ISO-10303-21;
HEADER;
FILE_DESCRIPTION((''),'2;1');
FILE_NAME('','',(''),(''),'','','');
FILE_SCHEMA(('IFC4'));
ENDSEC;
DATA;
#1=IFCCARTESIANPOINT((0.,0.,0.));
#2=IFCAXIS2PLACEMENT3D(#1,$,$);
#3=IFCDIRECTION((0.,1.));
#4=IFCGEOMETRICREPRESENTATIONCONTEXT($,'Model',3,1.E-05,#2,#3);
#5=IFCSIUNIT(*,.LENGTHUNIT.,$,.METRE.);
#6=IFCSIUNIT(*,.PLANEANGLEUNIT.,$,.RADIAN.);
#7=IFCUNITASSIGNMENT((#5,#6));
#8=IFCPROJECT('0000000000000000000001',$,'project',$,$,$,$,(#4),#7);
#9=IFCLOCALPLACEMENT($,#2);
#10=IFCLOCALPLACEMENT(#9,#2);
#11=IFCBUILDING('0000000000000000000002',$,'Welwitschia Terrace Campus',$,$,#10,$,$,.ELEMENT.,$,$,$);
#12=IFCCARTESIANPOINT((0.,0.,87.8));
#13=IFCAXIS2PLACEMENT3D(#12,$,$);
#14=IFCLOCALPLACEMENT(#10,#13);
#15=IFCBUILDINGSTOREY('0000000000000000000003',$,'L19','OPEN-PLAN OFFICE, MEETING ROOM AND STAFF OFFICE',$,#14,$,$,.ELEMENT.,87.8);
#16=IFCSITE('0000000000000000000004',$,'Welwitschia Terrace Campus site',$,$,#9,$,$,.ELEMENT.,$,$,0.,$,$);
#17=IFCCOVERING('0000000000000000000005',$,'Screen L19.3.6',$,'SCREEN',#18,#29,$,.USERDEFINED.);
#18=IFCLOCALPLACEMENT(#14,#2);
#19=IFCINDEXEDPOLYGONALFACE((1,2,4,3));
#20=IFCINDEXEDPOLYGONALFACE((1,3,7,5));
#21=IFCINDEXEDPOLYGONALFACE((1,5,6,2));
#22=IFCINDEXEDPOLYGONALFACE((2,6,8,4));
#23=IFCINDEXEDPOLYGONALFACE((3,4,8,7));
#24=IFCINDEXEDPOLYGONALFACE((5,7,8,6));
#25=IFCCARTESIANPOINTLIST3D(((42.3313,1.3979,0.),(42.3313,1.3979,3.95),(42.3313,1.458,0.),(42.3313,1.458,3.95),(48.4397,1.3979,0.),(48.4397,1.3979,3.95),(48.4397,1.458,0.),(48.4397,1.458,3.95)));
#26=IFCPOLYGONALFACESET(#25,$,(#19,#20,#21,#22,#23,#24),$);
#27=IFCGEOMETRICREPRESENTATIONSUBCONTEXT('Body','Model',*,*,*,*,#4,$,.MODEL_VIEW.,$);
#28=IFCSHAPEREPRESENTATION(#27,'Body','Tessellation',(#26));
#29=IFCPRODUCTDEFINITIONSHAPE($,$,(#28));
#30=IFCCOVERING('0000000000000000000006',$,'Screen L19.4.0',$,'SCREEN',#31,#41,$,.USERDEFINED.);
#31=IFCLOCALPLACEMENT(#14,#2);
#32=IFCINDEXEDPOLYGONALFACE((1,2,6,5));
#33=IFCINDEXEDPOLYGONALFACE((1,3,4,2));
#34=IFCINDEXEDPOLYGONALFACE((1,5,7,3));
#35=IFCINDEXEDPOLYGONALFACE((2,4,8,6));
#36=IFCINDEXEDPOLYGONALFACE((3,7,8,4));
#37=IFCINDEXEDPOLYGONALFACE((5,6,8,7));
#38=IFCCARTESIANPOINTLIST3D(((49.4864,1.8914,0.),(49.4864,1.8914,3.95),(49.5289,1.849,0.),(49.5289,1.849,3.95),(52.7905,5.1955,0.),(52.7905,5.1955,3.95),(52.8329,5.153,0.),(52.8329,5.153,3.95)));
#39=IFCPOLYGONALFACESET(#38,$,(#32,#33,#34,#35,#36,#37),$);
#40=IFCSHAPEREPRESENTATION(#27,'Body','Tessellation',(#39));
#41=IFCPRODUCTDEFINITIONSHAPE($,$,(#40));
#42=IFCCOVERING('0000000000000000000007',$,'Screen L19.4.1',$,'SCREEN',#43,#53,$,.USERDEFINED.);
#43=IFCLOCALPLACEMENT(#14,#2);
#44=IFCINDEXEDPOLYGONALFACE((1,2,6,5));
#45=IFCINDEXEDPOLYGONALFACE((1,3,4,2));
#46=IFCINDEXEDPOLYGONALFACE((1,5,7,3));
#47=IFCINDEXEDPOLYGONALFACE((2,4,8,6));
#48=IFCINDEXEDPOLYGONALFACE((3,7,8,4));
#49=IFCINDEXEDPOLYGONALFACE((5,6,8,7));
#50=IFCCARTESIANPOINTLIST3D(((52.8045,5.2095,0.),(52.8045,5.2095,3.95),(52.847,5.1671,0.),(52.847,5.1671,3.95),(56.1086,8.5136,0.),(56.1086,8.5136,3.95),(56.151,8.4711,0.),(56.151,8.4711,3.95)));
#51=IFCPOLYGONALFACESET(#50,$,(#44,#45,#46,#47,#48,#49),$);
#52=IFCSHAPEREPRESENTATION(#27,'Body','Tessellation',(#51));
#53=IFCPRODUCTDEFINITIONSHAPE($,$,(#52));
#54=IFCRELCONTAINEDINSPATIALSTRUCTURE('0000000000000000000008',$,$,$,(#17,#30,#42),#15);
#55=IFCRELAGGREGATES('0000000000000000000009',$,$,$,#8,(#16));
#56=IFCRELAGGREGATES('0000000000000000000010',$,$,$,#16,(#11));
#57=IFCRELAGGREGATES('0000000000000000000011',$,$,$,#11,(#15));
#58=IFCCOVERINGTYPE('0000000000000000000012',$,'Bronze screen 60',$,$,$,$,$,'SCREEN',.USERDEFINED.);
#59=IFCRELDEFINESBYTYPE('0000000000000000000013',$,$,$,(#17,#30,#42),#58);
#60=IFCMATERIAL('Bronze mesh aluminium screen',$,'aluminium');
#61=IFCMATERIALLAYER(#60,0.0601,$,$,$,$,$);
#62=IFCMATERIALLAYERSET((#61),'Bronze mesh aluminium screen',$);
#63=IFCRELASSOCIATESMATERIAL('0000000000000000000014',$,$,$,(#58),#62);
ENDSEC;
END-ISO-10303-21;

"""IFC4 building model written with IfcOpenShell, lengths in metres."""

from ifc_helpers import new_model, si_unit, direction, frame, origin, origin_2d, place, context, subcontext, project, spatial, rectangle, extrude, material, layer, layer_set, type_object, element, save


model = new_model("IFC4")

# Units and contexts
model_context = context("Model", 3, precision=1e-05, world=origin(), true_north=direction((0.0, 1.0)))
body_context = subcontext(model_context, "Body", "Model", "MODEL_VIEW")
ifc_project = project(units=[si_unit("LENGTHUNIT", "METRE"), si_unit("PLANEANGLEUNIT", "RADIAN")], contexts=[model_context])

# Site, building, storey
site_placement = place(None, origin())
site = spatial("IfcSite", under=ifc_project, at=site_placement, Name="Welwitschia Terrace Campus site", CompositionType="ELEMENT", RefElevation=0.0)
building_placement = place(site_placement, origin())
building = spatial("IfcBuilding", under=site, at=building_placement, Name="Welwitschia Terrace Campus", CompositionType="ELEMENT")
storey_placement = place(building_placement, frame((0.0, 0.0, 87.8)))
storey = spatial("IfcBuildingStorey", under=building, at=storey_placement, Name="L19", Description="OPEN-PLAN OFFICE, MEETING ROOM AND STAFF OFFICE", CompositionType="ELEMENT", Elevation=87.8)

# Coverings
ifc_material_1 = material(Name="Bronze mesh aluminium screen", Category="aluminium")
ifc_layer_1 = layer(ifc_material_1, 0.0601)
ifc_layer_set_1 = layer_set([ifc_layer_1], Name="Bronze mesh aluminium screen")
covering_type = type_object("IfcCoveringType", Name="Bronze screen 60", ElementType="SCREEN", PredefinedType="USERDEFINED", material=ifc_layer_set_1)
covering_placement = place(storey_placement, frame((45.3855, 1.428, 0.0), z_axis=(0.0, 0.0, 1.0), x_axis=(1.0, 0.0, 0.0)))
element("IfcCovering", 1, at=covering_placement, inside=storey, type_object=covering_type, Name="Screen L19.3.6", ObjectType="SCREEN", PredefinedType="USERDEFINED", context=body_context, shape_type="SweptSolid", body=[
    extrude(rectangle(XDim=6.1084, YDim=0.0601, at=origin_2d()), origin(), (0.0, 0.0, 1.0), 3.95),
])
for number, where, z_axis, x_axis, name in (
    (2, (51.1597, 3.5222, 0.0), (0.0, 0.0, 1.0), (0.707107, 0.707107, 0.0), "Screen L19.4.0"),
    (3, (54.4778, 6.8403, 0.0), (0.0, 0.0, 1.0), (0.707107, 0.707107, 0.0), "Screen L19.4.1"),
):
    element("IfcCovering", number, at=place(storey_placement, frame(where, z_axis=z_axis, x_axis=x_axis)), inside=storey, type_object=covering_type, Name=name, ObjectType="SCREEN", PredefinedType="USERDEFINED", context=body_context, shape_type="SweptSolid", body=[
        extrude(rectangle(XDim=4.6726, YDim=0.0601, at=origin_2d()), origin(), (0.0, 0.0, 1.0), 3.95),
    ])

save(model, "model.ifc")
